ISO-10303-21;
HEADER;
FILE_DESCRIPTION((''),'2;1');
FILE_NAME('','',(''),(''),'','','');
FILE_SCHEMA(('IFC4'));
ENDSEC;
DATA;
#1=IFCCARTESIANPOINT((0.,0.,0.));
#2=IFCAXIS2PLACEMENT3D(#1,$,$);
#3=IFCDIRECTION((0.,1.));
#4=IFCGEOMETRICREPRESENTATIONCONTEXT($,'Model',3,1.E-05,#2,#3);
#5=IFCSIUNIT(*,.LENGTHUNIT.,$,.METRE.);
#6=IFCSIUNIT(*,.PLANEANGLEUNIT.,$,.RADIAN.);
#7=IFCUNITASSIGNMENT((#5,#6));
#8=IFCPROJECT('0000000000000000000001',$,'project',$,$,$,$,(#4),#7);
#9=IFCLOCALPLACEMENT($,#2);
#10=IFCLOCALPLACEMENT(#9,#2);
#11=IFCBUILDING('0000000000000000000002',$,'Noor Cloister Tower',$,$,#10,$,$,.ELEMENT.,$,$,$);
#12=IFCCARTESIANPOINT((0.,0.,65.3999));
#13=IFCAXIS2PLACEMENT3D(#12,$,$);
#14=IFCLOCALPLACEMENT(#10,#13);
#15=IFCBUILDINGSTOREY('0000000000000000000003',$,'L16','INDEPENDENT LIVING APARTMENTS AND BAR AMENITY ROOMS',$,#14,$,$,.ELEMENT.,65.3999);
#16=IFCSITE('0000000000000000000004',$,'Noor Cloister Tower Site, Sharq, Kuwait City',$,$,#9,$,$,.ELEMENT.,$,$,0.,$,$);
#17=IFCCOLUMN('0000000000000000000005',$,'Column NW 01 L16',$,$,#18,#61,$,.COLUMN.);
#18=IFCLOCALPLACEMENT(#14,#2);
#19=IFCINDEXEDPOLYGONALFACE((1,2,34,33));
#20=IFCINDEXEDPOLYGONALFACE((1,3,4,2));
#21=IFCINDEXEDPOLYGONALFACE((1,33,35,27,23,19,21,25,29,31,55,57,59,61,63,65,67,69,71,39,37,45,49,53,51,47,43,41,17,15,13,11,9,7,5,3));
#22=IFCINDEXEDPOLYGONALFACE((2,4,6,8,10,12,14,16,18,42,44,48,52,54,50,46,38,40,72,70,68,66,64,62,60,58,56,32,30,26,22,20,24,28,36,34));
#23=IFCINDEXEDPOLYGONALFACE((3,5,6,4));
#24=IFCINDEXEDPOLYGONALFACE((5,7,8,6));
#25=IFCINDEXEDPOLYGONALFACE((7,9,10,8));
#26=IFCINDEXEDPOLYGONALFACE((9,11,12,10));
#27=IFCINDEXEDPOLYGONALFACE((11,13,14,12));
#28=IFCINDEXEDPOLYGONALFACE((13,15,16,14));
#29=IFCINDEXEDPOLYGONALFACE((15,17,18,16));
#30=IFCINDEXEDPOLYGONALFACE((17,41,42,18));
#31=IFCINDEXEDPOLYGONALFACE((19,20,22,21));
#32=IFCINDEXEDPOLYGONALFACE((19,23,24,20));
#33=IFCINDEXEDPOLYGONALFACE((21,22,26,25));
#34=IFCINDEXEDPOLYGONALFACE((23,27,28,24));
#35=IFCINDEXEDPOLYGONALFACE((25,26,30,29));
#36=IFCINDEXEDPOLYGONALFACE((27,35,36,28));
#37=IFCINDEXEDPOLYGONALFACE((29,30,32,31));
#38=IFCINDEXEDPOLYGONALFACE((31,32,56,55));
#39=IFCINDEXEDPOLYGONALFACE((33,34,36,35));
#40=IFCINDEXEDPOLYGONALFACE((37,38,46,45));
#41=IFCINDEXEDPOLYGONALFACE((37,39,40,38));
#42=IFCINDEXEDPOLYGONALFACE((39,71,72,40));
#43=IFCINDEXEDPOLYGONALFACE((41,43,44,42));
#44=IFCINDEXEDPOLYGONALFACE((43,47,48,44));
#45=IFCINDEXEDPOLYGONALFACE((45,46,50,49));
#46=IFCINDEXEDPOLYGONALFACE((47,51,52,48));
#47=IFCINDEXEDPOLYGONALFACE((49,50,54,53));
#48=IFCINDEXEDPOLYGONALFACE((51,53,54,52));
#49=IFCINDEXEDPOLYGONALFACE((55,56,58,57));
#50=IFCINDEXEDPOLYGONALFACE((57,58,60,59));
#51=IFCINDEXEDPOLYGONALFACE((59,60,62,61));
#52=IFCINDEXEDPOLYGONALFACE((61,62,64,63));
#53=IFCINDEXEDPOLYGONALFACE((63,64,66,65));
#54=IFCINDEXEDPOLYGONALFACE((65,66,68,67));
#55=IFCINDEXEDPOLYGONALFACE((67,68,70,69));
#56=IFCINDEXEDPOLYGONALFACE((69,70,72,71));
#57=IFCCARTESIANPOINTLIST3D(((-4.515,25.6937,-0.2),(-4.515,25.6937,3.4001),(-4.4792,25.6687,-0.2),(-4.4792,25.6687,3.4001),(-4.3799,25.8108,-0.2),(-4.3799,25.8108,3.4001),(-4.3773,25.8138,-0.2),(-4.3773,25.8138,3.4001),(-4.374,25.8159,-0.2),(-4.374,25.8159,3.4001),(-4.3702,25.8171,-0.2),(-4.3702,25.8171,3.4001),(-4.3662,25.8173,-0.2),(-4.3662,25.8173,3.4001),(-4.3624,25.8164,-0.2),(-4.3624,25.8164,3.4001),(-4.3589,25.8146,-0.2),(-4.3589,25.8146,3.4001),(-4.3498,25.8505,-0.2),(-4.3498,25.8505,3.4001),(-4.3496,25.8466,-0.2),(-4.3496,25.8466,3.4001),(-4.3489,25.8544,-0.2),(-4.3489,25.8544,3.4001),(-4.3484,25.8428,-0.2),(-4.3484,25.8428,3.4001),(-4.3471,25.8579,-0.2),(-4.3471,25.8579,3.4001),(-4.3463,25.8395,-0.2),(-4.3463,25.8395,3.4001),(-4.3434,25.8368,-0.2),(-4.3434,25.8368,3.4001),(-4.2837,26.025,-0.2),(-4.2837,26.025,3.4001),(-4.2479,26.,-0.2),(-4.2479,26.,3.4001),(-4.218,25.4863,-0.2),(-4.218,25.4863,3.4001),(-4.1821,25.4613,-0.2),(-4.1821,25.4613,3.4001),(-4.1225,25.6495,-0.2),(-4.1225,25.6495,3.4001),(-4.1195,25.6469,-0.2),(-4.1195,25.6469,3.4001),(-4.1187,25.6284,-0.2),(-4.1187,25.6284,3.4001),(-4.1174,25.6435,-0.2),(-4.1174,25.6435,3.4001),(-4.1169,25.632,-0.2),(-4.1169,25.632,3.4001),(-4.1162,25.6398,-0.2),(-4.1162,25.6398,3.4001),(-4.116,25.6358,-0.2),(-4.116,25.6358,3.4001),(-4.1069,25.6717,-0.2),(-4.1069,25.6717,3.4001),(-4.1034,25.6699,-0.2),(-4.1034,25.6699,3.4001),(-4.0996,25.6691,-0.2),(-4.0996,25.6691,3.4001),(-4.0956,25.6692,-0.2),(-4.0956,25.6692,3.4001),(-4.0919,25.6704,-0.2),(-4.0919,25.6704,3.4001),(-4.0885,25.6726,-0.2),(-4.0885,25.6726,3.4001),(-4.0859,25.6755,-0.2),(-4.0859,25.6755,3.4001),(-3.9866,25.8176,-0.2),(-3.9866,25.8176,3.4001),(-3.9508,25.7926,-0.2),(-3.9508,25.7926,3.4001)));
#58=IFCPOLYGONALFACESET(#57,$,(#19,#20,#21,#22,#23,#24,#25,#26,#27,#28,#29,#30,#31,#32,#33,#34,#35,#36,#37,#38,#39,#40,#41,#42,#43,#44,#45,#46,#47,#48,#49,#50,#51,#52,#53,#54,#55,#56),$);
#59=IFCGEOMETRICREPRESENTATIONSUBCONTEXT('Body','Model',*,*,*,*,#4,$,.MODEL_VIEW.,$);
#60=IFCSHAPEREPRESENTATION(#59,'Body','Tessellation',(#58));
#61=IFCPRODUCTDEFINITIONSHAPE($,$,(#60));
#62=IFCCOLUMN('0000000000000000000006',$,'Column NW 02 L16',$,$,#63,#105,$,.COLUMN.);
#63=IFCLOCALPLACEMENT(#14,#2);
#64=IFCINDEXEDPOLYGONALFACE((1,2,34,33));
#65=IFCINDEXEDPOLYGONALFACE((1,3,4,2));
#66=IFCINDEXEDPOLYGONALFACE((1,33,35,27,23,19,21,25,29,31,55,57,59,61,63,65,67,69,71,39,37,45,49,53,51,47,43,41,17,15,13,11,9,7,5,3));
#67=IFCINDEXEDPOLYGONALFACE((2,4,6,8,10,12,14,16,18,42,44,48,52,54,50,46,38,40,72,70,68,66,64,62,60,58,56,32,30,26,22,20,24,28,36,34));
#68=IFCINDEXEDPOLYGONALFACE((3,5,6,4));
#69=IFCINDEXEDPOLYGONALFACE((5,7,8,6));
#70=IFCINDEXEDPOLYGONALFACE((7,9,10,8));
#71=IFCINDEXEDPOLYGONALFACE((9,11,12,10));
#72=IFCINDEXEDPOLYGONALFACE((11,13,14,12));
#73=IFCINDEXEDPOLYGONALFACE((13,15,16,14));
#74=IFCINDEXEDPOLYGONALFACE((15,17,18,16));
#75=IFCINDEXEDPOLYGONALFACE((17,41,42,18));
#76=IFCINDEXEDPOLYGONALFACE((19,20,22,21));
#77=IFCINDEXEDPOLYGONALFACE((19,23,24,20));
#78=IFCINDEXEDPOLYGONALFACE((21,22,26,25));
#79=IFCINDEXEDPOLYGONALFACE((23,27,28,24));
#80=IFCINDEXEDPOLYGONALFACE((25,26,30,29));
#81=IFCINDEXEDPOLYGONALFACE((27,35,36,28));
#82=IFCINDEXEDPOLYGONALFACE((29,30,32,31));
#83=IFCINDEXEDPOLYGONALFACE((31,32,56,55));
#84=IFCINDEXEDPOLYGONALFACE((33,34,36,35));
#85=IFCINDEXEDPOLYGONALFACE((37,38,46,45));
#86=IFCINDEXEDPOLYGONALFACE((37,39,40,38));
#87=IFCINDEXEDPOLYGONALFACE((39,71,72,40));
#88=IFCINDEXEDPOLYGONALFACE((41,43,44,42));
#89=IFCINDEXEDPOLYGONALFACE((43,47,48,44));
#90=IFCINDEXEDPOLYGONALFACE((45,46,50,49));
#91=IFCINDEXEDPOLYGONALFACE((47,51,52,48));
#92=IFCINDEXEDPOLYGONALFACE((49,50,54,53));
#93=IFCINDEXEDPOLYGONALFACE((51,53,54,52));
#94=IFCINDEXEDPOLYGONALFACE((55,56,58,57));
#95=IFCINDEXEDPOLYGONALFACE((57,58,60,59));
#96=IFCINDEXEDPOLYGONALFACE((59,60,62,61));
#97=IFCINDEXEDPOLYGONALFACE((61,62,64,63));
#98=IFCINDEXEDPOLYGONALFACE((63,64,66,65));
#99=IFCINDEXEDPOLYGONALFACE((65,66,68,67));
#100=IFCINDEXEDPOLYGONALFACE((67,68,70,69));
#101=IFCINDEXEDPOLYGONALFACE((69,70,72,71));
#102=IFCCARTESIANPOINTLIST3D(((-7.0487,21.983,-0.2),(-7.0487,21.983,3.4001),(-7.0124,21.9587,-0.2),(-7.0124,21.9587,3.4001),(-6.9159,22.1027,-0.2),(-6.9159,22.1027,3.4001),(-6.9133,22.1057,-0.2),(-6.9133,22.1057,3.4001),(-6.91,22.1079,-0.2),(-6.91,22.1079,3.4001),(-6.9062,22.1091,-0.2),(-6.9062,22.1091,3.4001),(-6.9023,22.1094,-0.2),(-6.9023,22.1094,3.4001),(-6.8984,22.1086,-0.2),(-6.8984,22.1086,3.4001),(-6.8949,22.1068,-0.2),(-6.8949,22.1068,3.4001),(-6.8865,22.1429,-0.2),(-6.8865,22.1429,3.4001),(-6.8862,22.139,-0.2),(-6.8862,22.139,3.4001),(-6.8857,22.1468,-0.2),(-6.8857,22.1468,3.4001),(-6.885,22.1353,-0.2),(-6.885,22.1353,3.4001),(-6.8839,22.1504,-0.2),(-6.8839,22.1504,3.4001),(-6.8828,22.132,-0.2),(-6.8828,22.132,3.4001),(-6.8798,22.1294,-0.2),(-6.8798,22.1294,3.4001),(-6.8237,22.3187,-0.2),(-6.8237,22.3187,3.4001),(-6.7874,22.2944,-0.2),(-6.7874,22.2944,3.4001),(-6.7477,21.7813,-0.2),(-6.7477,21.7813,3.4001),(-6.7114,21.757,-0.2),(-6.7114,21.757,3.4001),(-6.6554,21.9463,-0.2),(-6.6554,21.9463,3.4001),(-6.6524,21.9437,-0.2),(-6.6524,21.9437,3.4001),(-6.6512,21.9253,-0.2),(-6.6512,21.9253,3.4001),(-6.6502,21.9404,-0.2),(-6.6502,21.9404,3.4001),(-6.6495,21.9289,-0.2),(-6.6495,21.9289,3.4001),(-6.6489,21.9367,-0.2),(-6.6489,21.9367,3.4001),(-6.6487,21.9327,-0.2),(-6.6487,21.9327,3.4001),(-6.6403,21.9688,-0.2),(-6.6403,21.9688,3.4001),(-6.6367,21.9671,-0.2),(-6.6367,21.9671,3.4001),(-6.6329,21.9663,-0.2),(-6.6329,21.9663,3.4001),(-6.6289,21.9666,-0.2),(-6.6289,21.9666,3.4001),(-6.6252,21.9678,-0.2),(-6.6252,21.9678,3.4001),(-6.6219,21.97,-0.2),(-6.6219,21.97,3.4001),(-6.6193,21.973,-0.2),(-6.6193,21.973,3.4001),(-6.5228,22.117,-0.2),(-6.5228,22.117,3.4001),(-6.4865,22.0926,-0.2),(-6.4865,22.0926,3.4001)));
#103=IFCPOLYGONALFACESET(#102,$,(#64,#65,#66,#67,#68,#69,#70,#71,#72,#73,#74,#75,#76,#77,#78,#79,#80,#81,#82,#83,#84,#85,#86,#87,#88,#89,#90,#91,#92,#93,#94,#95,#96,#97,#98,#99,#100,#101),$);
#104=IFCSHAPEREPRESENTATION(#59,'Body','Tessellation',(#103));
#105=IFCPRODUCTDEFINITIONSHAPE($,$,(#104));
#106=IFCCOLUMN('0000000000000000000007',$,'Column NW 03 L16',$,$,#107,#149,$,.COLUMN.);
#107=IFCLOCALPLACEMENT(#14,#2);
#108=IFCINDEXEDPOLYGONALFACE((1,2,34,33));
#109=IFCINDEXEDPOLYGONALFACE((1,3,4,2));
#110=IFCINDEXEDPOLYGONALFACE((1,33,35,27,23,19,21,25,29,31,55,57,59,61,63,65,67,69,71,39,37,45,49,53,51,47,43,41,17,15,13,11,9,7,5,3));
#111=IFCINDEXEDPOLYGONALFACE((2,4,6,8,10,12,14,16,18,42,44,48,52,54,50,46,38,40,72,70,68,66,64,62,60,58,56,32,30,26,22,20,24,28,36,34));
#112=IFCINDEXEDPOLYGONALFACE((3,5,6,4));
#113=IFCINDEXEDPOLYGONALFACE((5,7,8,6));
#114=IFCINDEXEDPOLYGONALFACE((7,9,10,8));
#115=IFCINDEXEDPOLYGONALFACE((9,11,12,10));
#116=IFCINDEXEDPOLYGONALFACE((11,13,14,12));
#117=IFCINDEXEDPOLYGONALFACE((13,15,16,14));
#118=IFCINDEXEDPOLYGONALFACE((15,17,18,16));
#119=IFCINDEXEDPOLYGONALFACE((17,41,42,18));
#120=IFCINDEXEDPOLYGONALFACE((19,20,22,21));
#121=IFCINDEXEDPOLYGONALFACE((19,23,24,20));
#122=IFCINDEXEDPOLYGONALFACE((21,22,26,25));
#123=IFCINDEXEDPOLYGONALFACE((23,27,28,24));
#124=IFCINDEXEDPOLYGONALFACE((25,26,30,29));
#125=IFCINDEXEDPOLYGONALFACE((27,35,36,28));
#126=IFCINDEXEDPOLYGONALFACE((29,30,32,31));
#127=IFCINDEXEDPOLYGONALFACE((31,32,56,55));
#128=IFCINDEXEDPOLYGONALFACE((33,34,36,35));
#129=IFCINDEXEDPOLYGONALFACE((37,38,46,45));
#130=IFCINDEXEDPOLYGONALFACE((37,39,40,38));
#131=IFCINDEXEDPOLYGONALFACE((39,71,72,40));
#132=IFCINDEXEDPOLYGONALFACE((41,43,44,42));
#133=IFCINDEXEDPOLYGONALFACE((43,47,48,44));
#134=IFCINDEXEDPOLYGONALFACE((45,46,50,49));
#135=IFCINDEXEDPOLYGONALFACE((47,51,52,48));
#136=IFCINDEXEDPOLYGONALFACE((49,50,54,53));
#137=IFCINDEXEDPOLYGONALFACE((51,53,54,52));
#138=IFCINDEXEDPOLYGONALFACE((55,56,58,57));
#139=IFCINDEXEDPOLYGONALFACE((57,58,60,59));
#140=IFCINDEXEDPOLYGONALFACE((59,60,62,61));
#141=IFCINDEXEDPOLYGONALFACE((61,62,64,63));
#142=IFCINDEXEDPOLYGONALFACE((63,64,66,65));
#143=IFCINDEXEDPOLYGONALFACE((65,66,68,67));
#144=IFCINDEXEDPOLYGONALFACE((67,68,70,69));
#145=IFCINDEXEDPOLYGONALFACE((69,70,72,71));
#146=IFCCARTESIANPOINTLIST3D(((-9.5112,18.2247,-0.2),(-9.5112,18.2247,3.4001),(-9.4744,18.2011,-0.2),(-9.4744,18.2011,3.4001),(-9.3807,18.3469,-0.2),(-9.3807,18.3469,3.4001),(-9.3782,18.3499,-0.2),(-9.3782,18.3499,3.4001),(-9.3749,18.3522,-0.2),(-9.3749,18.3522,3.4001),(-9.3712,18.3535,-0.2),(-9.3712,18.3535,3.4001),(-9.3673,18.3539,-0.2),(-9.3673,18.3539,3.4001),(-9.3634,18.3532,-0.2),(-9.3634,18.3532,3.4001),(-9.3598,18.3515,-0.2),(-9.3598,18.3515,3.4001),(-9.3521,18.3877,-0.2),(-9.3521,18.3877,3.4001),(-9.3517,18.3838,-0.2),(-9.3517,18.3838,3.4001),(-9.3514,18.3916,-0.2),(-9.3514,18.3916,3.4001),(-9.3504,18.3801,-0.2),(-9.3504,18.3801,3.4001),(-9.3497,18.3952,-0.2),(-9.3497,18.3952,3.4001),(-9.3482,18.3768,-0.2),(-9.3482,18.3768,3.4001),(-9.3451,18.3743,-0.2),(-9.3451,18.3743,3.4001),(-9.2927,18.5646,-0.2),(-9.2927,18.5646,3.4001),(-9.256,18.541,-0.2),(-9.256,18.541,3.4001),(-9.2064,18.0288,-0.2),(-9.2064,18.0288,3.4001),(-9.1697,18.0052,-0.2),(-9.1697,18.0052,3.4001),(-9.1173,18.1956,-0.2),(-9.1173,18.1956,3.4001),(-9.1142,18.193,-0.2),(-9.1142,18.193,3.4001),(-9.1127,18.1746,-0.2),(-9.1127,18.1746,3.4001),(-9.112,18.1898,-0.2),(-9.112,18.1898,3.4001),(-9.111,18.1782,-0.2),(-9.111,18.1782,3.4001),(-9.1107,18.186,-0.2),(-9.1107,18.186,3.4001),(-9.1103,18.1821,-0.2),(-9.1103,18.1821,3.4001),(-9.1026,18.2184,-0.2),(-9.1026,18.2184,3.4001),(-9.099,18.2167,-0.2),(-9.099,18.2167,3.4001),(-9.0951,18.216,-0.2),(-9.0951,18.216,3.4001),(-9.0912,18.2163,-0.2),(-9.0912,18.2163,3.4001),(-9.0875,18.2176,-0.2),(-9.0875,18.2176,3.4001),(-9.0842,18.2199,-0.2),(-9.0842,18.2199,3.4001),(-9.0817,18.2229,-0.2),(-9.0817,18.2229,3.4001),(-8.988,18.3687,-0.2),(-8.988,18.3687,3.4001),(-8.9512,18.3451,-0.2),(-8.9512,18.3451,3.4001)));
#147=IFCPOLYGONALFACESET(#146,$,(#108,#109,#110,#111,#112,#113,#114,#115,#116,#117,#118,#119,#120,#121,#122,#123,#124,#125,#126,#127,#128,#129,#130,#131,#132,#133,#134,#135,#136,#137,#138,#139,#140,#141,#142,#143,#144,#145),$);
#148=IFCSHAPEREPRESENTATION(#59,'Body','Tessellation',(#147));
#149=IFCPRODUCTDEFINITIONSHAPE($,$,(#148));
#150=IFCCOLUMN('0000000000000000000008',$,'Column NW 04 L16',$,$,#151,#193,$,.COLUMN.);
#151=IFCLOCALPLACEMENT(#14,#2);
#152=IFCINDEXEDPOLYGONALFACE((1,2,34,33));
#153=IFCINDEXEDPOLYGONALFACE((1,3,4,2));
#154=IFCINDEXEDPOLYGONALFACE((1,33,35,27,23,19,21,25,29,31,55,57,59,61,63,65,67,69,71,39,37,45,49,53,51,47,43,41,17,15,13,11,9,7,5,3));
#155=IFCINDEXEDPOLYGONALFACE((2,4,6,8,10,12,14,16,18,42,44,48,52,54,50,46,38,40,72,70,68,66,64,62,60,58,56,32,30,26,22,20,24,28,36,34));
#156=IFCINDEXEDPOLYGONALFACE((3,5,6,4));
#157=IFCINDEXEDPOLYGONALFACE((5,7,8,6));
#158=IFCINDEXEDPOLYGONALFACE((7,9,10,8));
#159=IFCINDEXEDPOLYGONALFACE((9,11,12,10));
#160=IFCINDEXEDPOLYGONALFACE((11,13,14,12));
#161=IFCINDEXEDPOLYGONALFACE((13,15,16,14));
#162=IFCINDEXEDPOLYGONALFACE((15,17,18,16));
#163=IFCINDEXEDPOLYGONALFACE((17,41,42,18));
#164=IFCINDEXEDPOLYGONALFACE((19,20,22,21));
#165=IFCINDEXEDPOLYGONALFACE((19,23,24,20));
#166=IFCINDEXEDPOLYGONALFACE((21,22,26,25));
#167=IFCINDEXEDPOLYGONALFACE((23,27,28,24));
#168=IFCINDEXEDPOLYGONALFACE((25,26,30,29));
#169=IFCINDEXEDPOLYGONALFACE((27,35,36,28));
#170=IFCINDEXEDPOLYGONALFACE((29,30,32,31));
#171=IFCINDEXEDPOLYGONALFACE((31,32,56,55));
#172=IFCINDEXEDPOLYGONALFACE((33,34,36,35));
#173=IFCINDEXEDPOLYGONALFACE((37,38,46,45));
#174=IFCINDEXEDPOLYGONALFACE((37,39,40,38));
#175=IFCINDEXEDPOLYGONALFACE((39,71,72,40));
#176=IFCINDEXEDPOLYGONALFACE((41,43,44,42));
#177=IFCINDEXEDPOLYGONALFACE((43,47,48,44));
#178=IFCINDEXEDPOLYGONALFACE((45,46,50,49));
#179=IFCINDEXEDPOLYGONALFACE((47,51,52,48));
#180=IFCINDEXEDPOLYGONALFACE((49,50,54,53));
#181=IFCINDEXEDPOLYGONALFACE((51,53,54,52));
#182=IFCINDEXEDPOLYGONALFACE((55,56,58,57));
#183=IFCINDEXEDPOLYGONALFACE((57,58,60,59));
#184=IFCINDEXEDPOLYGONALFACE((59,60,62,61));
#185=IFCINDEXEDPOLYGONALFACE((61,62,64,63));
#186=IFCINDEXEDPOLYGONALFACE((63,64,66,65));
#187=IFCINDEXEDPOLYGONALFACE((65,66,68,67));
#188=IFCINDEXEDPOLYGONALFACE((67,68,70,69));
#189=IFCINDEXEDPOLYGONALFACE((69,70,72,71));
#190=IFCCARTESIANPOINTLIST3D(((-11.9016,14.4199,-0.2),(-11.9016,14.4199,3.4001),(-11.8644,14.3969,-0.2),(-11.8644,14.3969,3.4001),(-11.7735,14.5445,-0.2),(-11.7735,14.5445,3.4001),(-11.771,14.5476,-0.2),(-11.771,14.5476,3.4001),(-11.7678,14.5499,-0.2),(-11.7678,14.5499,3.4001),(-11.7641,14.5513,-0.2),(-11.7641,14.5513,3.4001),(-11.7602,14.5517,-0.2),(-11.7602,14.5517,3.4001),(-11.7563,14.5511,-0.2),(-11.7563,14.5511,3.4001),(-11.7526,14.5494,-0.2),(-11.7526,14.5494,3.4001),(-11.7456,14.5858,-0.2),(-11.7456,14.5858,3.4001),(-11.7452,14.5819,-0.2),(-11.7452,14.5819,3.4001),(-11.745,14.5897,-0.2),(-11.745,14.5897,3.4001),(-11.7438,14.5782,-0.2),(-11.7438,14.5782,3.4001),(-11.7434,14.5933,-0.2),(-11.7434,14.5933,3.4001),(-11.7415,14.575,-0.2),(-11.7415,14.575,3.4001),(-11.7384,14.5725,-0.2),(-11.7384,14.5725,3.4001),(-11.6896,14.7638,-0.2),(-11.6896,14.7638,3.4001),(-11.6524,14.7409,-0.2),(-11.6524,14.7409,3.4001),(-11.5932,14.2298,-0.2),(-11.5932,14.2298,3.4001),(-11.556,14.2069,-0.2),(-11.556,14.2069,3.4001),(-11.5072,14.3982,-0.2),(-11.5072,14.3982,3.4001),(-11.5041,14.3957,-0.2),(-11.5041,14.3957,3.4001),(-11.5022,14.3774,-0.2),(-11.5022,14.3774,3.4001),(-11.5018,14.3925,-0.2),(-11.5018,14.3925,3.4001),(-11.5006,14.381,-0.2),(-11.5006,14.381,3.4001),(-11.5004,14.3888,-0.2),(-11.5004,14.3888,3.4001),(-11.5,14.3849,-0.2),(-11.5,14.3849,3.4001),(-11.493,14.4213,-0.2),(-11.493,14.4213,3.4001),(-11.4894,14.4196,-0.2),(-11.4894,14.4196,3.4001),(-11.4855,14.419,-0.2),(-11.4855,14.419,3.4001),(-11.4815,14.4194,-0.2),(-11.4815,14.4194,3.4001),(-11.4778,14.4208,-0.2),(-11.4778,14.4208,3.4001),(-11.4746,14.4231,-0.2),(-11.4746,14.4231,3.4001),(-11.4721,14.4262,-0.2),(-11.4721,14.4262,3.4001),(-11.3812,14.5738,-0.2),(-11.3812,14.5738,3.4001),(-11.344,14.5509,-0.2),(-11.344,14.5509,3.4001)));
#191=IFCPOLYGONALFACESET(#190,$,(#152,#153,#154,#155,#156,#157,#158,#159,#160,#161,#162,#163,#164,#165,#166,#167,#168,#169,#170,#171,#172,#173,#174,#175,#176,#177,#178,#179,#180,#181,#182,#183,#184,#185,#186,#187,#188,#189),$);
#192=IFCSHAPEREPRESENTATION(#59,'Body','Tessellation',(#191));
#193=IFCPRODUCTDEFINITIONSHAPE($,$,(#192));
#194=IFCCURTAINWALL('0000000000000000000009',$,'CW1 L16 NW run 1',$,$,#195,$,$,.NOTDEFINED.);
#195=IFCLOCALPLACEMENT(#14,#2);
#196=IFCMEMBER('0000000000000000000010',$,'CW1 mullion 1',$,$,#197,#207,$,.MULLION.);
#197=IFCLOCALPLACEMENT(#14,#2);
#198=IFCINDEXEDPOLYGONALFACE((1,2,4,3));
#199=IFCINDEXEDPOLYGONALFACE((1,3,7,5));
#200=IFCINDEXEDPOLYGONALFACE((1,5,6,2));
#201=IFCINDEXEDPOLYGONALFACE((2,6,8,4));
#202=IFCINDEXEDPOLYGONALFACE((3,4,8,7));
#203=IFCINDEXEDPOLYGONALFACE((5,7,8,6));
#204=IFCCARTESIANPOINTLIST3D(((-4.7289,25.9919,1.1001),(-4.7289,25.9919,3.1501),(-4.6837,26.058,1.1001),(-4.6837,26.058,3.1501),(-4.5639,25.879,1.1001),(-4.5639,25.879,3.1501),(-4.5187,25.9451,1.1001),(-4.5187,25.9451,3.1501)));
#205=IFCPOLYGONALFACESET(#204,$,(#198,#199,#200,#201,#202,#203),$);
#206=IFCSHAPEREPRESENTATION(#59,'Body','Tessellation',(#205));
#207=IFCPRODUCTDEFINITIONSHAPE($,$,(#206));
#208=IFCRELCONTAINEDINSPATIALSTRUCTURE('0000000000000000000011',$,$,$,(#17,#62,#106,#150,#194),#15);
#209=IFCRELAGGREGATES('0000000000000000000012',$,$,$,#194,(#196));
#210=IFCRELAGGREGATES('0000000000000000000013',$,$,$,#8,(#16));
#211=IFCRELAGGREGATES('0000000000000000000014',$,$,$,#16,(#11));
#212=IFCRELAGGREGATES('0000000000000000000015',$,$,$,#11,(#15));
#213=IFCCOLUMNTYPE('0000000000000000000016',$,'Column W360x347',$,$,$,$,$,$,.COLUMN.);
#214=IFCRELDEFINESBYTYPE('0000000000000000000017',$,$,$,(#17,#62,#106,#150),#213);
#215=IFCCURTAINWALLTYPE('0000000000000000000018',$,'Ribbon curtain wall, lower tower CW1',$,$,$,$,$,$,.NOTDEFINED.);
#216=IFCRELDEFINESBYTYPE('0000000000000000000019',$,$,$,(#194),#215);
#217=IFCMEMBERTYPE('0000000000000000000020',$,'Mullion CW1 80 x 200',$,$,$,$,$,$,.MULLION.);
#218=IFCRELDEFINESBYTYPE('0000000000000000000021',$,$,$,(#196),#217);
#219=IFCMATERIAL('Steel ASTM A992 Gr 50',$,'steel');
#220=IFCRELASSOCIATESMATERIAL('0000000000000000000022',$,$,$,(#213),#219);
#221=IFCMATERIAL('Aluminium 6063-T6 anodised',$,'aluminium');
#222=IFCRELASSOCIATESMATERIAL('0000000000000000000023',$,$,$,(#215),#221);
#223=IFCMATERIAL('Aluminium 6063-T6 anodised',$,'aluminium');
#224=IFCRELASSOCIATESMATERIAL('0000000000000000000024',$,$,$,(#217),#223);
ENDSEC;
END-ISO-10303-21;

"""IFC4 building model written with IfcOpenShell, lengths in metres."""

from ifc_helpers import new_model, si_unit, direction, frame, origin, origin_2d, place, context, subcontext, project, spatial, rectangle, i_section, extrude, material, material_profile, profile_set, type_object, element, aggregate, save


model = new_model("IFC4")

# Units and contexts
model_context = context("Model", 3, precision=1e-05, world=origin(), true_north=direction((0.0, 1.0)))
body_context = subcontext(model_context, "Body", "Model", "MODEL_VIEW")
ifc_project = project(units=[si_unit("LENGTHUNIT", "METRE"), si_unit("PLANEANGLEUNIT", "RADIAN")], contexts=[model_context])

# Site, building, storey
site_placement = place(None, origin())
site = spatial("IfcSite", under=ifc_project, at=site_placement, Name="Noor Cloister Tower Site, Sharq, Kuwait City", CompositionType="ELEMENT", RefElevation=0.0)
building_placement = place(site_placement, origin())
building = spatial("IfcBuilding", under=site, at=building_placement, Name="Noor Cloister Tower", CompositionType="ELEMENT")
storey_placement = place(building_placement, frame((0.0, 0.0, 65.3999)))
storey = spatial("IfcBuildingStorey", under=building, at=storey_placement, Name="L16", Description="INDEPENDENT LIVING APARTMENTS AND BAR AMENITY ROOMS", CompositionType="ELEMENT", Elevation=65.3999)

# Columns
ifc_material_1 = material(Name="Steel ASTM A992 Gr 50", Category="steel")
ifc_material_profile_1 = material_profile(ifc_material_1, i_section(OverallWidth=0.4041, OverallDepth=0.406, WebThickness=0.0271, FlangeThickness=0.0437, FilletRadius=0.0151, at=origin_2d()), Name="W360x347")
ifc_profile_set_1 = profile_set([ifc_material_profile_1], Name="Steel ASTM A992 Gr 50")
column_type = type_object("IfcColumnType", Name="Column W360x347", PredefinedType="COLUMN", material=ifc_profile_set_1)
for number, where, z_axis, x_axis, name in (
    (1, (-4.2329, 25.7432, -0.2), (0.0, 0.0, 1.0), (-0.572484, -0.819916, 0.0), "Column NW 01 L16"),
    (2, (-6.7676, 22.0378, -0.2), (0.0, 0.0, 1.0), (-0.556723, -0.830698, 0.0), "Column NW 02 L16"),
    (3, (-9.2312, 18.2849, -0.2), (0.0, 0.0, 1.0), (-0.540759, -0.841177, 0.0), "Column NW 03 L16"),
    (4, (-11.6228, 14.4854, -0.2), (0.0, 0.0, 1.0), (-0.524598, -0.85135, 0.0), "Column NW 04 L16"),
):
    element("IfcColumn", number, at=place(storey_placement, frame(where, z_axis=z_axis, x_axis=x_axis)), inside=storey, type_object=column_type, Name=name, PredefinedType="COLUMN", context=body_context, shape_type="SweptSolid", body=[
        extrude(i_section(OverallWidth=0.4041, OverallDepth=0.406, WebThickness=0.0271, FlangeThickness=0.0437, FilletRadius=0.0151, at=origin_2d()), origin(), (0.0, 0.0, 1.0), 3.6001),
    ])

# Curtain wall, member
ifc_material_2 = material(Name="Aluminium 6063-T6 anodised", Category="aluminium")
curtain_wall_type = type_object("IfcCurtainWallType", Name="Ribbon curtain wall, lower tower CW1", PredefinedType="NOTDEFINED", material=ifc_material_2)
curtain_wall_placement = place(storey_placement, origin())
curtain_wall = element("IfcCurtainWall", 5, at=curtain_wall_placement, inside=storey, type_object=curtain_wall_type, Name="CW1 L16 NW run 1", PredefinedType="NOTDEFINED")
ifc_material_3 = material(Name="Aluminium 6063-T6 anodised", Category="aluminium")
ifc_material_profile_2 = material_profile(ifc_material_3, rectangle(XDim=0.2, YDim=0.0801, at=origin_2d()), Name="200 x 80 mullion")
ifc_profile_set_2 = profile_set([ifc_material_profile_2], Name="Aluminium 6063-T6 anodised")
member_type = type_object("IfcMemberType", Name="Mullion CW1 80 x 200", PredefinedType="MULLION", material=ifc_profile_set_2)
member_1_placement = place(storey_placement, frame((-4.6238, 25.9685, 1.1001), z_axis=(0.0, 0.0, 1.0), x_axis=(0.825345, -0.564629, 0.0)))
member_1 = element("IfcMember", 6, at=member_1_placement, type_object=member_type, Name="CW1 mullion 1", PredefinedType="MULLION", context=body_context, shape_type="SweptSolid", body=[
    extrude(rectangle(XDim=0.2, YDim=0.0801, at=origin_2d()), origin(), (0.0, 0.0, 1.0), 2.05),
])

aggregate(curtain_wall, [member_1])

save(model, "model.ifc")
